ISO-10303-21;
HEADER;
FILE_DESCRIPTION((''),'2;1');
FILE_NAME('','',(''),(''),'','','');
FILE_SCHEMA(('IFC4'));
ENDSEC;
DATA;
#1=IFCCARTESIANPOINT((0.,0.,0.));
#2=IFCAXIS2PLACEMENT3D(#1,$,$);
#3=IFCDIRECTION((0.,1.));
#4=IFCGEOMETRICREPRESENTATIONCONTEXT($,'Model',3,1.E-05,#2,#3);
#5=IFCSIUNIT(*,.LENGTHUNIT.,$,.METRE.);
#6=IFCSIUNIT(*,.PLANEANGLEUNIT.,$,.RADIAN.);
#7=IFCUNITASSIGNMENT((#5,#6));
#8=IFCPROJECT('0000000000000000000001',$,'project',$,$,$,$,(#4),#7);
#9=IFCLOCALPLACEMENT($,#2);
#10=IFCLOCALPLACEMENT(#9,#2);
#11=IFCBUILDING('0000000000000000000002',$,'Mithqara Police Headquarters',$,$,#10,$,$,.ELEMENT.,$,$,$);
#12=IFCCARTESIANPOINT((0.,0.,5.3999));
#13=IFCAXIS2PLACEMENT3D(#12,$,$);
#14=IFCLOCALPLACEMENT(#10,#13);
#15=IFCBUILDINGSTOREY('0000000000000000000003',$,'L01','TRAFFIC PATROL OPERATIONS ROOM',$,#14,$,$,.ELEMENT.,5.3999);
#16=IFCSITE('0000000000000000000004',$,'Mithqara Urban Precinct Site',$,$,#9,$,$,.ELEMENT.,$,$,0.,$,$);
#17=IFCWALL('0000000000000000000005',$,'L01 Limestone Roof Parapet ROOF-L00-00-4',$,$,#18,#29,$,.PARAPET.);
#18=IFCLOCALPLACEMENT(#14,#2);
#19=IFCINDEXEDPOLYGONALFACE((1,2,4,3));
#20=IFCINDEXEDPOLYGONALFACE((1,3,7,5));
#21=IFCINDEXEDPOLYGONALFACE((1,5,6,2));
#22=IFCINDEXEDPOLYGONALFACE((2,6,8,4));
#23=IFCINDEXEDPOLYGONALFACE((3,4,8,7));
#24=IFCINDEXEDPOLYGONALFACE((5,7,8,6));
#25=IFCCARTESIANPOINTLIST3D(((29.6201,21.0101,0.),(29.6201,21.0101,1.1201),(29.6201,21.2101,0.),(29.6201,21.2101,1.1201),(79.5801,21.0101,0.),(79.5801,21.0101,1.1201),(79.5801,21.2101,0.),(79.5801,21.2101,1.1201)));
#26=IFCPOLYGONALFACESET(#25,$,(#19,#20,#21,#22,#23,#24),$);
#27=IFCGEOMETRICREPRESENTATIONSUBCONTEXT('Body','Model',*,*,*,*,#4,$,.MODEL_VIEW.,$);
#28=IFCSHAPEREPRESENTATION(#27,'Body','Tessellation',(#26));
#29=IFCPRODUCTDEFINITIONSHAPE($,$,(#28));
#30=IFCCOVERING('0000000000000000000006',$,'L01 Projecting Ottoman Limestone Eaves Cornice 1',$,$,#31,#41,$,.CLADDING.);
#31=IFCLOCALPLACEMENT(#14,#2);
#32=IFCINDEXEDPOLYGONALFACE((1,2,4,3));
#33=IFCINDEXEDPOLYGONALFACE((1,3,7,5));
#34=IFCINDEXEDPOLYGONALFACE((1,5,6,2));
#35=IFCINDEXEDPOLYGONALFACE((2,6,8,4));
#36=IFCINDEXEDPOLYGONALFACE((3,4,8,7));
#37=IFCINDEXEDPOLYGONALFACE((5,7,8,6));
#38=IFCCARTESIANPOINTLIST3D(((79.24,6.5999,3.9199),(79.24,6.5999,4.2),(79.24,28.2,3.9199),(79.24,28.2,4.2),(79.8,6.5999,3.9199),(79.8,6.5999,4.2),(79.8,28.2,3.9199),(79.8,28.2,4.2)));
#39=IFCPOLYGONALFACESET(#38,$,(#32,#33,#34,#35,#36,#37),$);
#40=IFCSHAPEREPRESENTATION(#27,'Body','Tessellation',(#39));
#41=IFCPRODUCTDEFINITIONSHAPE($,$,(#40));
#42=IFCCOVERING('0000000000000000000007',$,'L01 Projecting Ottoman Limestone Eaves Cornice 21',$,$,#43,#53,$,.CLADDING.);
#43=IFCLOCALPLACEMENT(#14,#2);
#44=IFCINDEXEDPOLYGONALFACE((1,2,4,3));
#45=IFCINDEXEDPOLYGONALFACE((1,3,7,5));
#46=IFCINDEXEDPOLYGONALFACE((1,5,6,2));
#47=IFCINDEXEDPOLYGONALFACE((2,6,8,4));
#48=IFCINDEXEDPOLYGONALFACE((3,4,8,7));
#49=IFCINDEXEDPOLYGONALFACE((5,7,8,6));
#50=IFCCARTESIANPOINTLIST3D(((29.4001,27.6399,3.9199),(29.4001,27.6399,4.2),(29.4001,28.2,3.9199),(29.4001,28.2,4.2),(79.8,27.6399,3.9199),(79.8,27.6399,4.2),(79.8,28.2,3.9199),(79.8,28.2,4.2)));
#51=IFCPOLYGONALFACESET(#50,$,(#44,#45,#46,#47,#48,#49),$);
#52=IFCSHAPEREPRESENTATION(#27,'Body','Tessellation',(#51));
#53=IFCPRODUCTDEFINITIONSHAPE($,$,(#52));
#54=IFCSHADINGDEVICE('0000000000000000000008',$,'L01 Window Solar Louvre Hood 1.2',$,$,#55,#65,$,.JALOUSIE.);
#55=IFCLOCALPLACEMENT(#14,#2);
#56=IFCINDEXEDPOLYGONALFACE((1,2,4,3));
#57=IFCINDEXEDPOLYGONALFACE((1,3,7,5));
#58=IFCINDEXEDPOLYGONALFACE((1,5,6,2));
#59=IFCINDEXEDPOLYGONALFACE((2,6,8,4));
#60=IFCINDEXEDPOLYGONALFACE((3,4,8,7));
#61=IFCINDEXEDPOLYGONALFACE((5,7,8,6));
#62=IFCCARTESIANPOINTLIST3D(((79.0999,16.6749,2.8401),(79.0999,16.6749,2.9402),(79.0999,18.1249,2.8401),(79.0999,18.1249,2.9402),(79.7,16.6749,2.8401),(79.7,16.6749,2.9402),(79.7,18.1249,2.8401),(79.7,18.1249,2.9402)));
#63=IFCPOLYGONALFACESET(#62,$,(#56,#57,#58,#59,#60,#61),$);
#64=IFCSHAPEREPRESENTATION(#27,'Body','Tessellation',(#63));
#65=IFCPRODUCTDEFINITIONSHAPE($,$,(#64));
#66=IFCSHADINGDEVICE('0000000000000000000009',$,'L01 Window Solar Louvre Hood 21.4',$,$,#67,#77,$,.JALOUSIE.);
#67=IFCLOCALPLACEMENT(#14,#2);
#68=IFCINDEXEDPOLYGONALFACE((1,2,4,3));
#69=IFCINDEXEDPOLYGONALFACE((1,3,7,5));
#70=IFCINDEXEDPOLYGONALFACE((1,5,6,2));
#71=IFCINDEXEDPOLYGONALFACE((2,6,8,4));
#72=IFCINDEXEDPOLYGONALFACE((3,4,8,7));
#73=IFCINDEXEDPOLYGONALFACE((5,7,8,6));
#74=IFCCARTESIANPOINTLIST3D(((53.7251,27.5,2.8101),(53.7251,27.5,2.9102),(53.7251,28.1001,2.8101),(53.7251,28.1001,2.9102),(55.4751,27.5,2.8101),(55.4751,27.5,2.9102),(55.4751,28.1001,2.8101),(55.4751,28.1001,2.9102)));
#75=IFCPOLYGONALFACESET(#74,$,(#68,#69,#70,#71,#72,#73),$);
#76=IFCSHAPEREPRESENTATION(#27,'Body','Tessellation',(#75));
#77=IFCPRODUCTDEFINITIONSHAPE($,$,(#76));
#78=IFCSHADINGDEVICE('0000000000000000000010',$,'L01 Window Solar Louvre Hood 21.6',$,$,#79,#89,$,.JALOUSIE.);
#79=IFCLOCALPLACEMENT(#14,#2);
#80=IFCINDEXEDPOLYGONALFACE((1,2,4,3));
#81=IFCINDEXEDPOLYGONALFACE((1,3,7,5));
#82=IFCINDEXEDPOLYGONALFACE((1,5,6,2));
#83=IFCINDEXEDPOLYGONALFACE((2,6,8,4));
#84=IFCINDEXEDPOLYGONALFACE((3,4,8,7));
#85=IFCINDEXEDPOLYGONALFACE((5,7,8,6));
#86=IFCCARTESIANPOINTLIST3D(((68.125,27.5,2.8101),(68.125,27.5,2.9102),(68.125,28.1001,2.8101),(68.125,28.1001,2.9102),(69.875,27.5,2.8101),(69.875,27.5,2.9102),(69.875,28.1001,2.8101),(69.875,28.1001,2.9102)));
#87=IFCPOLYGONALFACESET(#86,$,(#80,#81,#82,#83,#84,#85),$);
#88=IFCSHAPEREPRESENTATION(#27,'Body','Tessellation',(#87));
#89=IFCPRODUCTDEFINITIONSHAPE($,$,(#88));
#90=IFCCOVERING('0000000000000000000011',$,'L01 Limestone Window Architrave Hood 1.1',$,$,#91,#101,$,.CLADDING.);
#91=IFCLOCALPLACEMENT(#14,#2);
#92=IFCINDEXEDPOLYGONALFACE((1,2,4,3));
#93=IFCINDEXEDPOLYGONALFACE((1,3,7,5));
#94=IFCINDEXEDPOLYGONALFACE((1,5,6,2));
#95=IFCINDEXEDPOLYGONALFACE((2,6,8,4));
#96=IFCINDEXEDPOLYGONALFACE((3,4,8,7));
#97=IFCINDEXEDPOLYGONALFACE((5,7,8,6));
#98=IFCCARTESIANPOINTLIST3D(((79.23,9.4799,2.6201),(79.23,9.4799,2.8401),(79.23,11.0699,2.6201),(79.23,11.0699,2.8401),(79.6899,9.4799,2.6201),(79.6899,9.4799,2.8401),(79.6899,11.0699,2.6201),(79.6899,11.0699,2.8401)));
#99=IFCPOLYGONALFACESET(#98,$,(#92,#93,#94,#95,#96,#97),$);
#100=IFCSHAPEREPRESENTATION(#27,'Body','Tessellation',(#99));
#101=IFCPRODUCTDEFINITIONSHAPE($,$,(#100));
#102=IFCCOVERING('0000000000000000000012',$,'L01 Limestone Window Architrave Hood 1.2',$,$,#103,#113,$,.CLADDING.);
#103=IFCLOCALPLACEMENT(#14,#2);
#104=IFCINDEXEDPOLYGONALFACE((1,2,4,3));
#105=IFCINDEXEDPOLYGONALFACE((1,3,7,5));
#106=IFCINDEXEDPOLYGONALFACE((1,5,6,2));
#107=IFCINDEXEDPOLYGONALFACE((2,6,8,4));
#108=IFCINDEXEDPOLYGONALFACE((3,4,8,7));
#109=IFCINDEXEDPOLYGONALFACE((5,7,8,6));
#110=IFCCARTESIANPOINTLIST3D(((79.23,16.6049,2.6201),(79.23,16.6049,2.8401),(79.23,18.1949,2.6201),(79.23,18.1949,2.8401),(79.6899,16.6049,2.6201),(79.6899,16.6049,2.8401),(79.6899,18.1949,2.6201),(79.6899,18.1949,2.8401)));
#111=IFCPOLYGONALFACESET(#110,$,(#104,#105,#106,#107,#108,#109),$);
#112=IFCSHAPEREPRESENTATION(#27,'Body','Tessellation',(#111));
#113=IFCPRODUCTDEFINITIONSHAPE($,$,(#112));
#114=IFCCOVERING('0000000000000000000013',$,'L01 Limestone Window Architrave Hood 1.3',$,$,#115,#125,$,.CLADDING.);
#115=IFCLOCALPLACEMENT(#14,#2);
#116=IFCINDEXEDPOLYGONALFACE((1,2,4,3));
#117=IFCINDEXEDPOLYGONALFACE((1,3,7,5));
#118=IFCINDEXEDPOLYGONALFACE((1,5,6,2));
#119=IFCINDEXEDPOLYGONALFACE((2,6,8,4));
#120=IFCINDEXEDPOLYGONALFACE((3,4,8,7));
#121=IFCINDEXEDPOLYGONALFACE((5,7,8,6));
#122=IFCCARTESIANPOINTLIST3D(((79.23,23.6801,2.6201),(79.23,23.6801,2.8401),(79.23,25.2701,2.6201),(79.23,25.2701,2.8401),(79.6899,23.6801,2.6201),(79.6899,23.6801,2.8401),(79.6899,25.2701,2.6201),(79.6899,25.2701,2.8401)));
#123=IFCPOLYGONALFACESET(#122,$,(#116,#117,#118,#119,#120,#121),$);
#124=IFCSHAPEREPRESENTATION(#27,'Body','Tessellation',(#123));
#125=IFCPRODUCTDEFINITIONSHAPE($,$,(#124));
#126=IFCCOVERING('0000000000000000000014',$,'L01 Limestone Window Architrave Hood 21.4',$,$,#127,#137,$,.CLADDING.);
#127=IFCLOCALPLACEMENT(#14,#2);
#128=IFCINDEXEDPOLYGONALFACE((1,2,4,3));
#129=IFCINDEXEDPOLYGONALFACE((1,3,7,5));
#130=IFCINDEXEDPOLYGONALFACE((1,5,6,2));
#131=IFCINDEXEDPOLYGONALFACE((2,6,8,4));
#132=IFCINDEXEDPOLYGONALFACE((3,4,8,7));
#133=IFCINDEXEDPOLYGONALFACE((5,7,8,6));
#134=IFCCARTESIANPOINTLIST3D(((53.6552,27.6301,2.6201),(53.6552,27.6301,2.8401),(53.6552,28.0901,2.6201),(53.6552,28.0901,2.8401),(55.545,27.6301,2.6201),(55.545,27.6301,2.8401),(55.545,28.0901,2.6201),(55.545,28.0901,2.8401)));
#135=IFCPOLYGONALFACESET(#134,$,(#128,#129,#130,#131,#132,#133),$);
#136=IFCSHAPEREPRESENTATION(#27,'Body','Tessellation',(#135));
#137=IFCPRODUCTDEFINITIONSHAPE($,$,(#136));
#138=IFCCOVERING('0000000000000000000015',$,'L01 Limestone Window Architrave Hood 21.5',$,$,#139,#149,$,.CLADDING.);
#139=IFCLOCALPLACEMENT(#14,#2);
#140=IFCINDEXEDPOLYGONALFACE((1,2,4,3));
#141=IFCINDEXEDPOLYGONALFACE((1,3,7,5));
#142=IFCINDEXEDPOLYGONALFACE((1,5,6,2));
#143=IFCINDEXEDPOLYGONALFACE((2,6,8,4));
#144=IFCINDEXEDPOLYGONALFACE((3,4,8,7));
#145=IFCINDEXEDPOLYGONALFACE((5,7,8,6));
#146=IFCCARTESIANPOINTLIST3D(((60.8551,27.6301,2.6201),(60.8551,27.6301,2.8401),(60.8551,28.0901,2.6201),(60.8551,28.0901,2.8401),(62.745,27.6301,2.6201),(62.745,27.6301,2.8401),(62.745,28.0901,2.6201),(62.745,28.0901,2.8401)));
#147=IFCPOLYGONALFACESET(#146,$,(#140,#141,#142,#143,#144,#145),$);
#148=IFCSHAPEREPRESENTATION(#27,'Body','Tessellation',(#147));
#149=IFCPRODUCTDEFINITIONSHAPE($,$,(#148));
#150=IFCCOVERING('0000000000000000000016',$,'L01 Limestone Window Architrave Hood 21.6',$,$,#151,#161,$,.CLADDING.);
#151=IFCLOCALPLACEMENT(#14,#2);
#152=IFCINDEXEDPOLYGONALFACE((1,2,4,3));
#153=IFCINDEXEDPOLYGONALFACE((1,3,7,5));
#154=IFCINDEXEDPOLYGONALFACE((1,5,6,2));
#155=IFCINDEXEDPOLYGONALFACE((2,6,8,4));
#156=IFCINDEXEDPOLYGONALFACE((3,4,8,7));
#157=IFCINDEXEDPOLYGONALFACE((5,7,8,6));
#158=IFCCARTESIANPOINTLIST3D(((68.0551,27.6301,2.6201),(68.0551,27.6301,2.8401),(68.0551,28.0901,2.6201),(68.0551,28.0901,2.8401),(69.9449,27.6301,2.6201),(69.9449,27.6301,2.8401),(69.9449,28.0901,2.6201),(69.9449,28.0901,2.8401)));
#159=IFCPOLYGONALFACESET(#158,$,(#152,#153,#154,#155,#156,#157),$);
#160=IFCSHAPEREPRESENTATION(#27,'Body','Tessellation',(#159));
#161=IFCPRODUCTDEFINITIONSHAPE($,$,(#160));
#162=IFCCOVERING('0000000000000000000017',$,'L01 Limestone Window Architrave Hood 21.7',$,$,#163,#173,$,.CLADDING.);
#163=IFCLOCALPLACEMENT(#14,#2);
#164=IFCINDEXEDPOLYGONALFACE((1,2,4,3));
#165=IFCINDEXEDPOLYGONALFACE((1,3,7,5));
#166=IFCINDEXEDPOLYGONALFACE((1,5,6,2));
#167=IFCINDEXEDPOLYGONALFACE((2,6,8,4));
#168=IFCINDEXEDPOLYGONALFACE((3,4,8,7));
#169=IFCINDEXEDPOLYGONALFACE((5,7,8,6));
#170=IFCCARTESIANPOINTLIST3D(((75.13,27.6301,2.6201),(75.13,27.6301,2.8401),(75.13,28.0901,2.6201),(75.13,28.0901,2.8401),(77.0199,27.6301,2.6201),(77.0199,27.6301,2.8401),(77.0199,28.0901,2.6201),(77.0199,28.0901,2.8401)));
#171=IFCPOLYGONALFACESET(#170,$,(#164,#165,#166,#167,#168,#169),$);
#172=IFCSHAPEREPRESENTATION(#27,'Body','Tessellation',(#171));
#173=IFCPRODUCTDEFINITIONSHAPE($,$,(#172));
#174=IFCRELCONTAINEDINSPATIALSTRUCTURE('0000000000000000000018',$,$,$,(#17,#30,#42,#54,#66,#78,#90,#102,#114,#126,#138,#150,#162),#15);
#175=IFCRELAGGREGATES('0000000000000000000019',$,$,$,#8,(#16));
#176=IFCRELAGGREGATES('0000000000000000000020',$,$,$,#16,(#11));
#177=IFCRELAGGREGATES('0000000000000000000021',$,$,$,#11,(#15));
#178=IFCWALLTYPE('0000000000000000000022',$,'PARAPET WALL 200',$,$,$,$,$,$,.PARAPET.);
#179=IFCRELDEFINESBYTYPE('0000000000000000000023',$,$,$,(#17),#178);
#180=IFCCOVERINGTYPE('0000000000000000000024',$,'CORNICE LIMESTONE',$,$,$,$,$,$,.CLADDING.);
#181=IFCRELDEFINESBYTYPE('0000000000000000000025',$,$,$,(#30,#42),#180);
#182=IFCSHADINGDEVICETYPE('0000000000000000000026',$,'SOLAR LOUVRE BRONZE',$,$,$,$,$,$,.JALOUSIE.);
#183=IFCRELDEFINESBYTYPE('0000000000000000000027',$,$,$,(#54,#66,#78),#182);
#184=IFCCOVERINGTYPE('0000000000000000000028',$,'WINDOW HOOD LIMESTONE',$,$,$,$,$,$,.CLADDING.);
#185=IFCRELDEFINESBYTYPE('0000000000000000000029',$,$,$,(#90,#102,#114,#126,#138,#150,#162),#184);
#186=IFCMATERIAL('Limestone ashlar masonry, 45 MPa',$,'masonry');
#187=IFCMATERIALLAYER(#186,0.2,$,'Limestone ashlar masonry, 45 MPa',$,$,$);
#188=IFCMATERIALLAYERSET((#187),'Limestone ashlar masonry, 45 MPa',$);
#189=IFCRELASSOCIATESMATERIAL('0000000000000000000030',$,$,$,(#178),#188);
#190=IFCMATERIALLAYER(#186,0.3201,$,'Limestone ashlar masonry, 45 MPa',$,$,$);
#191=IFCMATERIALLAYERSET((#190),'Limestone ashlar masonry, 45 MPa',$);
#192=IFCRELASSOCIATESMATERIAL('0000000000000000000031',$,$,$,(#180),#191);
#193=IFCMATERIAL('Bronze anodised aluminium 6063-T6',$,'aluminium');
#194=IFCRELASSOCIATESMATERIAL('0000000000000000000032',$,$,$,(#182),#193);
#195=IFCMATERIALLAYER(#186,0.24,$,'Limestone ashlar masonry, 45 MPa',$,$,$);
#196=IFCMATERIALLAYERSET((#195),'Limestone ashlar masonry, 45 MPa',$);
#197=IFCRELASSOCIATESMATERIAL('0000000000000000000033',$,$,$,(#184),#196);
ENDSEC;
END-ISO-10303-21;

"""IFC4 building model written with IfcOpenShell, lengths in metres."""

from ifc_helpers import new_model, si_unit, direction, frame, frame_2d, origin, origin_2d, place, context, subcontext, project, spatial, rectangle, extrude, material, layer, layer_set, type_object, element, save


model = new_model("IFC4")

# Units and contexts
model_context = context("Model", 3, precision=1e-05, world=origin(), true_north=direction((0.0, 1.0)))
body_context = subcontext(model_context, "Body", "Model", "MODEL_VIEW")
ifc_project = project(units=[si_unit("LENGTHUNIT", "METRE"), si_unit("PLANEANGLEUNIT", "RADIAN")], contexts=[model_context])

# Site, building, storey
site_placement = place(None, origin())
site = spatial("IfcSite", under=ifc_project, at=site_placement, Name="Mithqara Urban Precinct Site", CompositionType="ELEMENT", RefElevation=0.0)
building_placement = place(site_placement, origin())
building = spatial("IfcBuilding", under=site, at=building_placement, Name="Mithqara Police Headquarters", CompositionType="ELEMENT")
storey_placement = place(building_placement, frame((0.0, 0.0, 5.3999)))
storey = spatial("IfcBuildingStorey", under=building, at=storey_placement, Name="L01", Description="TRAFFIC PATROL OPERATIONS ROOM", CompositionType="ELEMENT", Elevation=5.3999)

# Wall
ifc_material_1 = material(Name="Limestone ashlar masonry, 45 MPa", Category="masonry")
ifc_layer_1 = layer(ifc_material_1, 0.2, Name="Limestone ashlar masonry, 45 MPa")
ifc_layer_set_1 = layer_set([ifc_layer_1], Name="Limestone ashlar masonry, 45 MPa")
wall_type_1 = type_object("IfcWallType", Name="PARAPET WALL 200", PredefinedType="PARAPET", material=ifc_layer_set_1)
wall_1_placement = place(storey_placement, frame((79.5801, 21.1101, 0.0), z_axis=(0.0, 0.0, 1.0), x_axis=(-1.0, 0.0, 0.0)))
element("IfcWall", 1, at=wall_1_placement, inside=storey, type_object=wall_type_1, Name="L01 Limestone Roof Parapet ROOF-L00-00-4", PredefinedType="PARAPET", context=body_context, shape_type="SweptSolid", body=[
    extrude(rectangle(XDim=49.96, YDim=0.2, at=frame_2d((24.98, 0.0))), origin(), (0.0, 0.0, 1.0), 1.1201),
])

# Coverings
ifc_layer_2 = layer(ifc_material_1, 0.3201, Name="Limestone ashlar masonry, 45 MPa")
ifc_layer_set_2 = layer_set([ifc_layer_2], Name="Limestone ashlar masonry, 45 MPa")
covering_type_1 = type_object("IfcCoveringType", Name="CORNICE LIMESTONE", PredefinedType="CLADDING", material=ifc_layer_set_2)
covering_1_placement = place(storey_placement, frame((79.52, 17.3999, 3.9199), z_axis=(0.0, 0.0, 1.0), x_axis=(0.0, 1.0, 0.0)))
element("IfcCovering", 2, at=covering_1_placement, inside=storey, type_object=covering_type_1, Name="L01 Projecting Ottoman Limestone Eaves Cornice 1", PredefinedType="CLADDING", context=body_context, shape_type="SweptSolid", body=[
    extrude(rectangle(XDim=21.6001, YDim=0.5601, at=origin_2d()), origin(), (0.0, 0.0, 1.0), 0.28),
])
covering_2_placement = place(storey_placement, frame((54.6001, 27.9199, 3.9199), z_axis=(0.0, 0.0, 1.0), x_axis=(1.0, 0.0, 0.0)))
element("IfcCovering", 3, at=covering_2_placement, inside=storey, type_object=covering_type_1, Name="L01 Projecting Ottoman Limestone Eaves Cornice 21", PredefinedType="CLADDING", context=body_context, shape_type="SweptSolid", body=[
    extrude(rectangle(XDim=50.3999, YDim=0.5601, at=origin_2d()), origin(), (0.0, 0.0, 1.0), 0.28),
])

# Shading devices
ifc_material_2 = material(Name="Bronze anodised aluminium 6063-T6", Category="aluminium")
shading_device_type = type_object("IfcShadingDeviceType", Name="SOLAR LOUVRE BRONZE", PredefinedType="JALOUSIE", material=ifc_material_2)
shading_device_placement = place(storey_placement, frame((79.3999, 17.3999, 2.8401), z_axis=(0.0, 0.0, 1.0), x_axis=(0.0, 1.0, 0.0)))
element("IfcShadingDevice", 4, at=shading_device_placement, inside=storey, type_object=shading_device_type, Name="L01 Window Solar Louvre Hood 1.2", PredefinedType="JALOUSIE", context=body_context, shape_type="SweptSolid", body=[
    extrude(rectangle(XDim=1.45, YDim=0.6001, at=origin_2d()), origin(), (0.0, 0.0, 1.0), 0.1001),
])
for number, where, z_axis, x_axis, name in (
    (5, (54.6001, 27.8, 2.8101), (0.0, 0.0, 1.0), (1.0, 0.0, 0.0), "L01 Window Solar Louvre Hood 21.4"),
    (6, (69.0, 27.8, 2.8101), (0.0, 0.0, 1.0), (1.0, 0.0, 0.0), "L01 Window Solar Louvre Hood 21.6"),
):
    element("IfcShadingDevice", number, at=place(storey_placement, frame(where, z_axis=z_axis, x_axis=x_axis)), inside=storey, type_object=shading_device_type, Name=name, PredefinedType="JALOUSIE", context=body_context, shape_type="SweptSolid", body=[
        extrude(rectangle(XDim=1.75, YDim=0.6001, at=origin_2d()), origin(), (0.0, 0.0, 1.0), 0.1001),
    ])

# Coverings
ifc_layer_3 = layer(ifc_material_1, 0.24, Name="Limestone ashlar masonry, 45 MPa")
ifc_layer_set_3 = layer_set([ifc_layer_3], Name="Limestone ashlar masonry, 45 MPa")
covering_type_2 = type_object("IfcCoveringType", Name="WINDOW HOOD LIMESTONE", PredefinedType="CLADDING", material=ifc_layer_set_3)
for number, where, z_axis, x_axis, name in (
    (7, (79.46, 10.2749, 2.6201), (0.0, 0.0, 1.0), (0.0, 1.0, 0.0), "L01 Limestone Window Architrave Hood 1.1"),
    (8, (79.46, 17.3999, 2.6201), (0.0, 0.0, 1.0), (0.0, 1.0, 0.0), "L01 Limestone Window Architrave Hood 1.2"),
    (9, (79.46, 24.4751, 2.6201), (0.0, 0.0, 1.0), (0.0, 1.0, 0.0), "L01 Limestone Window Architrave Hood 1.3"),
):
    element("IfcCovering", number, at=place(storey_placement, frame(where, z_axis=z_axis, x_axis=x_axis)), inside=storey, type_object=covering_type_2, Name=name, PredefinedType="CLADDING", context=body_context, shape_type="SweptSolid", body=[
        extrude(rectangle(XDim=1.5901, YDim=0.46, at=origin_2d()), origin(), (0.0, 0.0, 1.0), 0.22),
    ])
for number, where, z_axis, x_axis, name in (
    (10, (54.6001, 27.8601, 2.6201), (0.0, 0.0, 1.0), (1.0, 0.0, 0.0), "L01 Limestone Window Architrave Hood 21.4"),
    (11, (61.8, 27.8601, 2.6201), (0.0, 0.0, 1.0), (1.0, 0.0, 0.0), "L01 Limestone Window Architrave Hood 21.5"),
    (12, (69.0, 27.8601, 2.6201), (0.0, 0.0, 1.0), (1.0, 0.0, 0.0), "L01 Limestone Window Architrave Hood 21.6"),
    (13, (76.075, 27.8601, 2.6201), (0.0, 0.0, 1.0), (1.0, 0.0, 0.0), "L01 Limestone Window Architrave Hood 21.7"),
):
    element("IfcCovering", number, at=place(storey_placement, frame(where, z_axis=z_axis, x_axis=x_axis)), inside=storey, type_object=covering_type_2, Name=name, PredefinedType="CLADDING", context=body_context, shape_type="SweptSolid", body=[
        extrude(rectangle(XDim=1.8899, YDim=0.46, at=origin_2d()), origin(), (0.0, 0.0, 1.0), 0.22),
    ])

save(model, "model.ifc")
